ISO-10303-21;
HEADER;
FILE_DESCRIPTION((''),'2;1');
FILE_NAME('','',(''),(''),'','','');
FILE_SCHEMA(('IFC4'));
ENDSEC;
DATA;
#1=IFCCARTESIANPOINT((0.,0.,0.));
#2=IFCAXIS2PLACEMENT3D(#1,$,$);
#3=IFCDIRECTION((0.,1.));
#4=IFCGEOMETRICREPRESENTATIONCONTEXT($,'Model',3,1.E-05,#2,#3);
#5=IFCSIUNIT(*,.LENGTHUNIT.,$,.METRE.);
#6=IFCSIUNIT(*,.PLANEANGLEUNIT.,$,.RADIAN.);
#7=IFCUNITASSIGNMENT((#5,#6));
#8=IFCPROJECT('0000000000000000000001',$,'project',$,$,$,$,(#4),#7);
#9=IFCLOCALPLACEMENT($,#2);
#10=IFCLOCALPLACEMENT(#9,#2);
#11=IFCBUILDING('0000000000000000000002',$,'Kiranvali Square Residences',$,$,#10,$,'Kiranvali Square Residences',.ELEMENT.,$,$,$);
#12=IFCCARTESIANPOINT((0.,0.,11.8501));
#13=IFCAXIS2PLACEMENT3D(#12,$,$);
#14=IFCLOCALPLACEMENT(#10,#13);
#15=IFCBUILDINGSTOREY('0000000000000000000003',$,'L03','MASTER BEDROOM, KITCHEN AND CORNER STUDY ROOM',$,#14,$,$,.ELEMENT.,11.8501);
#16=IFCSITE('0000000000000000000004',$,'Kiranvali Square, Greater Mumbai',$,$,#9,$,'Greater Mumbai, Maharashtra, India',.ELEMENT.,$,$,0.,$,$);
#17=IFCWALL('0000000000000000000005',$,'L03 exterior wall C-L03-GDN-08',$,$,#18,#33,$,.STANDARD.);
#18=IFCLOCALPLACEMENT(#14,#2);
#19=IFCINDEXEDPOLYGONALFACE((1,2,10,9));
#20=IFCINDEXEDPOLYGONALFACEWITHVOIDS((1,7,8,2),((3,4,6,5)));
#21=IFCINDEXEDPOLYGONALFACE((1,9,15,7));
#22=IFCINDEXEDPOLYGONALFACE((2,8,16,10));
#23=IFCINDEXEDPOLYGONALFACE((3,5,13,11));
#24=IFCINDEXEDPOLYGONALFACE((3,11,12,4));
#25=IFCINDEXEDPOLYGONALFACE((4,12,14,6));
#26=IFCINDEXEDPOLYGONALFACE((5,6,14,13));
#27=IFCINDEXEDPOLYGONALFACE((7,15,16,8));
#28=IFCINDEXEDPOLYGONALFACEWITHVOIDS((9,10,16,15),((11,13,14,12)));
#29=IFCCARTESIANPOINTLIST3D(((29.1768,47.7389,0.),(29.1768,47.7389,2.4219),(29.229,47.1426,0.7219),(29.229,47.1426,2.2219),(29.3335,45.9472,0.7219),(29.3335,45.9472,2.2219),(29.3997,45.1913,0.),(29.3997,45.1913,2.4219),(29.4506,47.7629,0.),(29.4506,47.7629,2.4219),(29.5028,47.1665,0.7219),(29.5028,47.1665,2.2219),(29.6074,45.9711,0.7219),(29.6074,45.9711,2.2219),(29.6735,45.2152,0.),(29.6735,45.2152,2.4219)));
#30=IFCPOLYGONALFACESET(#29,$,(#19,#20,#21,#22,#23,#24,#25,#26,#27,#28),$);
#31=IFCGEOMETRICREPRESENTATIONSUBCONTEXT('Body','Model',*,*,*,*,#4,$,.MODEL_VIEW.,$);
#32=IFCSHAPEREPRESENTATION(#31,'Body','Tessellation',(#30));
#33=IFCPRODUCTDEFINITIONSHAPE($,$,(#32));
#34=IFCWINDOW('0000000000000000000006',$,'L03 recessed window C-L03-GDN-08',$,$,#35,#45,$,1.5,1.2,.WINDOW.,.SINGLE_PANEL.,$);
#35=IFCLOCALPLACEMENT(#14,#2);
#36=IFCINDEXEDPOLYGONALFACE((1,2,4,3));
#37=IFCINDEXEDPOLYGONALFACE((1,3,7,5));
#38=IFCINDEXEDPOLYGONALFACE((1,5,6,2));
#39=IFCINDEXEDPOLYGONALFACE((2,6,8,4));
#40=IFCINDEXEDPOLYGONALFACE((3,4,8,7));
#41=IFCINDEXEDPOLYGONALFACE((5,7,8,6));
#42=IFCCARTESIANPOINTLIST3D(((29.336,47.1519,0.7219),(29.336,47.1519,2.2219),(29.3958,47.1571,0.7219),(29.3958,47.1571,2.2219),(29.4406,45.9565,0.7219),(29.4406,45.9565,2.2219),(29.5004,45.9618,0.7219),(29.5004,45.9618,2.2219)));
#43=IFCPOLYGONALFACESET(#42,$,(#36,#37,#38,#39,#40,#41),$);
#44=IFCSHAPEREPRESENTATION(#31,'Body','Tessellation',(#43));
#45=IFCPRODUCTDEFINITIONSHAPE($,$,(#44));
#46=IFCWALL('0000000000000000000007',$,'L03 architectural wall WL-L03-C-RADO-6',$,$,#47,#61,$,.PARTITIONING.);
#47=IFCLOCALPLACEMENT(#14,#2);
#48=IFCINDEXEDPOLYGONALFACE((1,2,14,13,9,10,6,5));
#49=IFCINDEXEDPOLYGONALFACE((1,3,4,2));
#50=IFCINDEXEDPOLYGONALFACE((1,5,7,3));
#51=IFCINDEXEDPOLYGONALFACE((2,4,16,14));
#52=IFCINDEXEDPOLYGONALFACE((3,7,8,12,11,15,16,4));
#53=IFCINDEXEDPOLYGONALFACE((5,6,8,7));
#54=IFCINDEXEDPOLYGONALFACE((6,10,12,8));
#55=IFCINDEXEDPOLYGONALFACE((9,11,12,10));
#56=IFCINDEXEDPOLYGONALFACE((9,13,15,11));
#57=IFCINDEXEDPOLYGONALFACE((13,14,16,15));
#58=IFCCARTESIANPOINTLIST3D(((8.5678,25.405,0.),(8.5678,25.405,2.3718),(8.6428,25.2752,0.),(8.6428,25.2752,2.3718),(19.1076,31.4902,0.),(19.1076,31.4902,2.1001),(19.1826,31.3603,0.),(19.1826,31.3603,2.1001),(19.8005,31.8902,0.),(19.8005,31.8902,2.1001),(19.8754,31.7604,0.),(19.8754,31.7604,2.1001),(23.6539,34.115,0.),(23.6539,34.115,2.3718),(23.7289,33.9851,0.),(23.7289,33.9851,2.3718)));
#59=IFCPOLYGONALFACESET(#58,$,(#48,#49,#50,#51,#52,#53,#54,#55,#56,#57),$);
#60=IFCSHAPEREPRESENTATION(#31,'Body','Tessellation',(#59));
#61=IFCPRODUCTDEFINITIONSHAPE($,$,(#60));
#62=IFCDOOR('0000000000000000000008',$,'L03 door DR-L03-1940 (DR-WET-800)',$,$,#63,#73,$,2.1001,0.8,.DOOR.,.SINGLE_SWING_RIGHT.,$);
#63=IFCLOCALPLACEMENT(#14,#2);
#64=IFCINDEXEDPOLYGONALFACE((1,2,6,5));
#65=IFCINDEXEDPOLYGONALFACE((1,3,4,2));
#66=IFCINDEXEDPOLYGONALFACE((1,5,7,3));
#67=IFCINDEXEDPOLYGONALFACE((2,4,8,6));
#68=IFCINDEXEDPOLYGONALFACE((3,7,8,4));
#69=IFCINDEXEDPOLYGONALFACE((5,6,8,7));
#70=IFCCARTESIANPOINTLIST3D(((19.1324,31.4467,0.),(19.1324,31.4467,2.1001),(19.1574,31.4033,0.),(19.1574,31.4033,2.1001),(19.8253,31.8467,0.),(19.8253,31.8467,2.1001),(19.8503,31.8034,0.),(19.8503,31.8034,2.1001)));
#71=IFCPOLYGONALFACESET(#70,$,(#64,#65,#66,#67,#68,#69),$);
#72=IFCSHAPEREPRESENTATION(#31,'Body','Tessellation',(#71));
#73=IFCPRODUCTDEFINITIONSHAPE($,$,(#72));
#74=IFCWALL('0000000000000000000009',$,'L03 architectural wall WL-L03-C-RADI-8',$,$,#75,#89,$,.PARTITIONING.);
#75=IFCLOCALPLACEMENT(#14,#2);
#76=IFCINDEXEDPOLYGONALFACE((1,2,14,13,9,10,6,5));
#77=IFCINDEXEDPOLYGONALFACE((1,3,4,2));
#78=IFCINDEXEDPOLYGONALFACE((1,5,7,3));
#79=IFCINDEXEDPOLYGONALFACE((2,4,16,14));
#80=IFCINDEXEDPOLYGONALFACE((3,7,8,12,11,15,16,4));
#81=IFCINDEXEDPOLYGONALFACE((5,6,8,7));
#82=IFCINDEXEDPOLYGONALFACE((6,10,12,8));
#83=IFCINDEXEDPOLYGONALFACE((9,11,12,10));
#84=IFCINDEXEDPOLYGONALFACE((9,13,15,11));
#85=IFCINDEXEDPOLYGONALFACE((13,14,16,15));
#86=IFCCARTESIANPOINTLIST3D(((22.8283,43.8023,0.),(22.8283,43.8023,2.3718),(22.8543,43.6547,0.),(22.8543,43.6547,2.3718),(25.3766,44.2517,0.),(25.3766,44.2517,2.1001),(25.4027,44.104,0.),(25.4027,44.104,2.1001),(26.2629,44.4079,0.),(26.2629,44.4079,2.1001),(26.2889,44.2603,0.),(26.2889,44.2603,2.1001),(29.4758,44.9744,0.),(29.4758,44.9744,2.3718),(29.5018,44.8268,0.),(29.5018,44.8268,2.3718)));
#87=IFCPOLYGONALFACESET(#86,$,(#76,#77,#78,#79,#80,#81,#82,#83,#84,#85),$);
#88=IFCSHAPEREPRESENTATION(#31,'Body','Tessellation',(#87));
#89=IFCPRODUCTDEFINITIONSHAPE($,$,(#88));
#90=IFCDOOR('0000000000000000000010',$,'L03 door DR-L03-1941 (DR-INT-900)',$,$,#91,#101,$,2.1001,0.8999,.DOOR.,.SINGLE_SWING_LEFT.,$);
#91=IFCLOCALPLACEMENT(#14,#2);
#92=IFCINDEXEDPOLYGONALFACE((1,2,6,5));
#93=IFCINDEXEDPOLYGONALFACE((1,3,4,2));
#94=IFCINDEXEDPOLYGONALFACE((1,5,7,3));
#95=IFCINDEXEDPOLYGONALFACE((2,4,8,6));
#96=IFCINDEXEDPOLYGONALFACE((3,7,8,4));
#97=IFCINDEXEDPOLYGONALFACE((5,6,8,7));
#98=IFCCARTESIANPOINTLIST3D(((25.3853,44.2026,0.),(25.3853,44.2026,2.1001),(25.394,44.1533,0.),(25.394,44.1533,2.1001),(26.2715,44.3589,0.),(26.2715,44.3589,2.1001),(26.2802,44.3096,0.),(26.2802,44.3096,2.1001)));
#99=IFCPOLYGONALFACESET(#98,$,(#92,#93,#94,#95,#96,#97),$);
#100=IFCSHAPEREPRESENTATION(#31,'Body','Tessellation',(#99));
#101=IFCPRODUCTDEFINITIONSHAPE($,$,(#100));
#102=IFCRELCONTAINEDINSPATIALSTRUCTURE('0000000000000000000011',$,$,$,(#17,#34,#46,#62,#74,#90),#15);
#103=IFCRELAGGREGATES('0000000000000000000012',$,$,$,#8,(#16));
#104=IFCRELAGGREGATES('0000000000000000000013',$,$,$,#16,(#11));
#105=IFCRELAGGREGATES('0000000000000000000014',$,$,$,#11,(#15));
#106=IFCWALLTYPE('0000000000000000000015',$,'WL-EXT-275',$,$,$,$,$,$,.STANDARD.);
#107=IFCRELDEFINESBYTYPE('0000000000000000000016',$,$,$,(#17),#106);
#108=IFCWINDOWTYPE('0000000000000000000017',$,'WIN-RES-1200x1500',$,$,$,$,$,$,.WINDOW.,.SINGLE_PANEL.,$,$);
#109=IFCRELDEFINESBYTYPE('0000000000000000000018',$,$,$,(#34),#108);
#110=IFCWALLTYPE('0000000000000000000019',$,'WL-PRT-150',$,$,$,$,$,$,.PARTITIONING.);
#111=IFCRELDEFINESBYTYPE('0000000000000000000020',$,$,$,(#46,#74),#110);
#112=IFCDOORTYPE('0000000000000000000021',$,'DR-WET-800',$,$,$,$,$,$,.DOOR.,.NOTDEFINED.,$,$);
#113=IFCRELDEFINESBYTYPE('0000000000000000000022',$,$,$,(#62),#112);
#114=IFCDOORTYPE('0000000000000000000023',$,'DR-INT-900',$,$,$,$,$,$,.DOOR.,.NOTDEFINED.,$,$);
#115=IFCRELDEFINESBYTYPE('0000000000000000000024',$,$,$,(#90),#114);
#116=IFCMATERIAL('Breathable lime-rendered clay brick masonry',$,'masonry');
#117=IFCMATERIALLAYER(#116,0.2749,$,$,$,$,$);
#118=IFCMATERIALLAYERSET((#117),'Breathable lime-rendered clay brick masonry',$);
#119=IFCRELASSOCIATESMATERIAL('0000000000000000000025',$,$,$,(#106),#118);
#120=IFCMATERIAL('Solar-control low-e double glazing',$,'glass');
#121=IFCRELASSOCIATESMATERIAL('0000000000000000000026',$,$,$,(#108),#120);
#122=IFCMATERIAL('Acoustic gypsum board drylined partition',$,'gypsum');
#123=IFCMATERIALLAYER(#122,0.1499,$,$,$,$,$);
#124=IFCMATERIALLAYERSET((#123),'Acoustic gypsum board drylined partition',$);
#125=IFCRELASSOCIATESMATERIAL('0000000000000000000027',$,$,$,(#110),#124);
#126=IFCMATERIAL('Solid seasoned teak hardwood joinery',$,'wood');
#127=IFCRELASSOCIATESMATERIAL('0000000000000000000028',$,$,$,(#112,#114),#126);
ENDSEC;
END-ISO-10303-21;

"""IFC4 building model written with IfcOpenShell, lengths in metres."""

from ifc_helpers import new_model, si_unit, direction, frame, frame_2d, origin, place, context, subcontext, project, spatial, rectangle, extrude, material, layer, layer_set, type_object, element, fill, save


model = new_model("IFC4")

# Units and contexts
model_context = context("Model", 3, precision=1e-05, world=origin(), true_north=direction((0.0, 1.0)))
body_context = subcontext(model_context, "Body", "Model", "MODEL_VIEW")
ifc_project = project(units=[si_unit("LENGTHUNIT", "METRE"), si_unit("PLANEANGLEUNIT", "RADIAN")], contexts=[model_context])

# Site, building, storey
site_placement = place(None, origin())
site = spatial("IfcSite", under=ifc_project, at=site_placement, Name="Kiranvali Square, Greater Mumbai", LongName="Greater Mumbai, Maharashtra, India", CompositionType="ELEMENT", RefElevation=0.0)
building_placement = place(site_placement, origin())
building = spatial("IfcBuilding", under=site, at=building_placement, Name="Kiranvali Square Residences", LongName="Kiranvali Square Residences", CompositionType="ELEMENT")
storey_placement = place(building_placement, frame((0.0, 0.0, 11.8501)))
storey = spatial("IfcBuildingStorey", under=building, at=storey_placement, Name="L03", Description="MASTER BEDROOM, KITCHEN AND CORNER STUDY ROOM", CompositionType="ELEMENT", Elevation=11.8501)

# Wall, opening, window
ifc_material_1 = material(Name="Breathable lime-rendered clay brick masonry", Category="masonry")
ifc_layer_1 = layer(ifc_material_1, 0.2749)
ifc_layer_set_1 = layer_set([ifc_layer_1], Name="Breathable lime-rendered clay brick masonry")
wall_type_1 = type_object("IfcWallType", Name="WL-EXT-275", PredefinedType="STANDARD", material=ifc_layer_set_1)
wall_1_placement = place(storey_placement, frame((29.5366, 45.2031, 0.0), z_axis=(0.0, 0.0, 1.0), x_axis=(-0.087161, 0.996194, 0.0)))
wall_1 = element("IfcWall", 1, at=wall_1_placement, inside=storey, type_object=wall_type_1, Name="L03 exterior wall C-L03-GDN-08", PredefinedType="STANDARD", context=body_context, shape_type="SweptSolid", body=[
    extrude(rectangle(XDim=2.5574, YDim=0.2749, at=frame_2d((1.2788, 0.0))), origin(), (0.0, 0.0, 1.0), 2.4219),
])
opening_1_placement = place(wall_1_placement, frame((0.7588, 0.0, 0.7219)))
opening_1 = element("IfcOpeningElement", 2, at=opening_1_placement, cuts=wall_1, PredefinedType="OPENING", context=body_context, shape_type="SweptSolid", body=[
    extrude(rectangle(XDim=1.2, YDim=1.5, at=frame_2d((0.6001, 0.75))), frame((0.0, 0.1475, 0.0), z_axis=(0.0, -1.0, 0.0), x_axis=(1.0, 0.0, 0.0)), (0.0, 0.0, 1.0), 0.2949),
])
ifc_material_2 = material(Name="Solar-control low-e double glazing", Category="glass")
window_type = type_object("IfcWindowType", Name="WIN-RES-1200x1500", PartitioningType="SINGLE_PANEL", PredefinedType="WINDOW", material=ifc_material_2)
window_placement = place(opening_1_placement, origin())
window = element("IfcWindow", 3, at=window_placement, inside=storey, type_object=window_type, Name="L03 recessed window C-L03-GDN-08", OverallHeight=1.5, OverallWidth=1.2, PartitioningType="SINGLE_PANEL", PredefinedType="WINDOW", context=body_context, shape_type="SweptSolid", body=[
    extrude(rectangle(XDim=1.2, YDim=1.5, at=frame_2d((0.6001, 0.75))), frame((0.0, 0.03, 0.0), z_axis=(0.0, -1.0, 0.0), x_axis=(1.0, 0.0, 0.0)), (0.0, 0.0, 1.0), 0.0601),
])
fill(opening_1, window)

# Walls, openings, doors
ifc_material_3 = material(Name="Acoustic gypsum board drylined partition", Category="gypsum")
ifc_layer_2 = layer(ifc_material_3, 0.1499)
ifc_layer_set_2 = layer_set([ifc_layer_2], Name="Acoustic gypsum board drylined partition")
wall_type_2 = type_object("IfcWallType", Name="WL-PRT-150", PredefinedType="PARTITIONING", material=ifc_layer_set_2)
wall_2_placement = place(storey_placement, frame((23.6914, 34.05, 0.0), z_axis=(0.0, 0.0, 1.0), x_axis=(-0.866027, -0.499998, 0.0)))
wall_2 = element("IfcWall", 4, at=wall_2_placement, inside=storey, type_object=wall_type_2, Name="L03 architectural wall WL-L03-C-RADO-6", PredefinedType="PARTITIONING", context=body_context, shape_type="SweptSolid", body=[
    extrude(rectangle(XDim=17.4199, YDim=0.1499, at=frame_2d((8.71, 0.0))), origin(), (0.0, 0.0, 1.0), 2.3718),
])
opening_2_placement = place(wall_2_placement, frame((4.4497, 0.0, 0.0)))
opening_2 = element("IfcOpeningElement", 5, at=opening_2_placement, cuts=wall_2, PredefinedType="OPENING", context=body_context, shape_type="SweptSolid", body=[
    extrude(rectangle(XDim=0.8, YDim=2.1001, at=frame_2d((0.3999, 1.05))), frame((0.0, 0.085, 0.0), z_axis=(0.0, -1.0, 0.0), x_axis=(1.0, 0.0, 0.0)), (0.0, 0.0, 1.0), 0.1699),
])
ifc_material_4 = material(Name="Solid seasoned teak hardwood joinery", Category="wood")
door_type_1 = type_object("IfcDoorType", Name="DR-WET-800", OperationType="NOTDEFINED", PredefinedType="DOOR", material=ifc_material_4)
door_1_placement = place(opening_2_placement, frame((0.8, 0.0, 0.0), z_axis=(0.0, 0.0, 1.0), x_axis=(-1.0, 0.0, 0.0)))
door_1 = element("IfcDoor", 6, at=door_1_placement, inside=storey, type_object=door_type_1, Name="L03 door DR-L03-1940 (DR-WET-800)", OperationType="SINGLE_SWING_RIGHT", OverallHeight=2.1001, OverallWidth=0.8, PredefinedType="DOOR", context=body_context, shape_type="SweptSolid", body=[
    extrude(rectangle(XDim=0.8, YDim=2.1001, at=frame_2d((0.3999, 1.05))), frame((0.0, 0.0249, 0.0), z_axis=(0.0, -1.0, 0.0), x_axis=(1.0, 0.0, 0.0)), (0.0, 0.0, 1.0), 0.05),
])
fill(opening_2, door_1)
wall_3_placement = place(storey_placement, frame((29.4888, 44.9006, 0.0), z_axis=(0.0, 0.0, 1.0), x_axis=(-0.984808, -0.173647, 0.0)))
wall_3 = element("IfcWall", 7, at=wall_3_placement, inside=storey, type_object=wall_type_2, Name="L03 architectural wall WL-L03-C-RADI-8", PredefinedType="PARTITIONING", context=body_context, shape_type="SweptSolid", body=[
    extrude(rectangle(XDim=6.75, YDim=0.1499, at=frame_2d((3.375, 0.0))), origin(), (0.0, 0.0, 1.0), 2.3718),
])
opening_3_placement = place(wall_3_placement, frame((3.2625, 0.0, 0.0)))
opening_3 = element("IfcOpeningElement", 8, at=opening_3_placement, cuts=wall_3, PredefinedType="OPENING", context=body_context, shape_type="SweptSolid", body=[
    extrude(rectangle(XDim=0.8999, YDim=2.1001, at=frame_2d((0.45, 1.05))), frame((0.0, 0.085, 0.0), z_axis=(0.0, -1.0, 0.0), x_axis=(1.0, 0.0, 0.0)), (0.0, 0.0, 1.0), 0.1699),
])
door_type_2 = type_object("IfcDoorType", Name="DR-INT-900", OperationType="NOTDEFINED", PredefinedType="DOOR", material=ifc_material_4)
door_2_placement = place(opening_3_placement, origin())
door_2 = element("IfcDoor", 9, at=door_2_placement, inside=storey, type_object=door_type_2, Name="L03 door DR-L03-1941 (DR-INT-900)", OperationType="SINGLE_SWING_LEFT", OverallHeight=2.1001, OverallWidth=0.8999, PredefinedType="DOOR", context=body_context, shape_type="SweptSolid", body=[
    extrude(rectangle(XDim=0.8999, YDim=2.1001, at=frame_2d((0.45, 1.05))), frame((0.0, 0.0249, 0.0), z_axis=(0.0, -1.0, 0.0), x_axis=(1.0, 0.0, 0.0)), (0.0, 0.0, 1.0), 0.05),
])
fill(opening_3, door_2)

save(model, "model.ifc")
